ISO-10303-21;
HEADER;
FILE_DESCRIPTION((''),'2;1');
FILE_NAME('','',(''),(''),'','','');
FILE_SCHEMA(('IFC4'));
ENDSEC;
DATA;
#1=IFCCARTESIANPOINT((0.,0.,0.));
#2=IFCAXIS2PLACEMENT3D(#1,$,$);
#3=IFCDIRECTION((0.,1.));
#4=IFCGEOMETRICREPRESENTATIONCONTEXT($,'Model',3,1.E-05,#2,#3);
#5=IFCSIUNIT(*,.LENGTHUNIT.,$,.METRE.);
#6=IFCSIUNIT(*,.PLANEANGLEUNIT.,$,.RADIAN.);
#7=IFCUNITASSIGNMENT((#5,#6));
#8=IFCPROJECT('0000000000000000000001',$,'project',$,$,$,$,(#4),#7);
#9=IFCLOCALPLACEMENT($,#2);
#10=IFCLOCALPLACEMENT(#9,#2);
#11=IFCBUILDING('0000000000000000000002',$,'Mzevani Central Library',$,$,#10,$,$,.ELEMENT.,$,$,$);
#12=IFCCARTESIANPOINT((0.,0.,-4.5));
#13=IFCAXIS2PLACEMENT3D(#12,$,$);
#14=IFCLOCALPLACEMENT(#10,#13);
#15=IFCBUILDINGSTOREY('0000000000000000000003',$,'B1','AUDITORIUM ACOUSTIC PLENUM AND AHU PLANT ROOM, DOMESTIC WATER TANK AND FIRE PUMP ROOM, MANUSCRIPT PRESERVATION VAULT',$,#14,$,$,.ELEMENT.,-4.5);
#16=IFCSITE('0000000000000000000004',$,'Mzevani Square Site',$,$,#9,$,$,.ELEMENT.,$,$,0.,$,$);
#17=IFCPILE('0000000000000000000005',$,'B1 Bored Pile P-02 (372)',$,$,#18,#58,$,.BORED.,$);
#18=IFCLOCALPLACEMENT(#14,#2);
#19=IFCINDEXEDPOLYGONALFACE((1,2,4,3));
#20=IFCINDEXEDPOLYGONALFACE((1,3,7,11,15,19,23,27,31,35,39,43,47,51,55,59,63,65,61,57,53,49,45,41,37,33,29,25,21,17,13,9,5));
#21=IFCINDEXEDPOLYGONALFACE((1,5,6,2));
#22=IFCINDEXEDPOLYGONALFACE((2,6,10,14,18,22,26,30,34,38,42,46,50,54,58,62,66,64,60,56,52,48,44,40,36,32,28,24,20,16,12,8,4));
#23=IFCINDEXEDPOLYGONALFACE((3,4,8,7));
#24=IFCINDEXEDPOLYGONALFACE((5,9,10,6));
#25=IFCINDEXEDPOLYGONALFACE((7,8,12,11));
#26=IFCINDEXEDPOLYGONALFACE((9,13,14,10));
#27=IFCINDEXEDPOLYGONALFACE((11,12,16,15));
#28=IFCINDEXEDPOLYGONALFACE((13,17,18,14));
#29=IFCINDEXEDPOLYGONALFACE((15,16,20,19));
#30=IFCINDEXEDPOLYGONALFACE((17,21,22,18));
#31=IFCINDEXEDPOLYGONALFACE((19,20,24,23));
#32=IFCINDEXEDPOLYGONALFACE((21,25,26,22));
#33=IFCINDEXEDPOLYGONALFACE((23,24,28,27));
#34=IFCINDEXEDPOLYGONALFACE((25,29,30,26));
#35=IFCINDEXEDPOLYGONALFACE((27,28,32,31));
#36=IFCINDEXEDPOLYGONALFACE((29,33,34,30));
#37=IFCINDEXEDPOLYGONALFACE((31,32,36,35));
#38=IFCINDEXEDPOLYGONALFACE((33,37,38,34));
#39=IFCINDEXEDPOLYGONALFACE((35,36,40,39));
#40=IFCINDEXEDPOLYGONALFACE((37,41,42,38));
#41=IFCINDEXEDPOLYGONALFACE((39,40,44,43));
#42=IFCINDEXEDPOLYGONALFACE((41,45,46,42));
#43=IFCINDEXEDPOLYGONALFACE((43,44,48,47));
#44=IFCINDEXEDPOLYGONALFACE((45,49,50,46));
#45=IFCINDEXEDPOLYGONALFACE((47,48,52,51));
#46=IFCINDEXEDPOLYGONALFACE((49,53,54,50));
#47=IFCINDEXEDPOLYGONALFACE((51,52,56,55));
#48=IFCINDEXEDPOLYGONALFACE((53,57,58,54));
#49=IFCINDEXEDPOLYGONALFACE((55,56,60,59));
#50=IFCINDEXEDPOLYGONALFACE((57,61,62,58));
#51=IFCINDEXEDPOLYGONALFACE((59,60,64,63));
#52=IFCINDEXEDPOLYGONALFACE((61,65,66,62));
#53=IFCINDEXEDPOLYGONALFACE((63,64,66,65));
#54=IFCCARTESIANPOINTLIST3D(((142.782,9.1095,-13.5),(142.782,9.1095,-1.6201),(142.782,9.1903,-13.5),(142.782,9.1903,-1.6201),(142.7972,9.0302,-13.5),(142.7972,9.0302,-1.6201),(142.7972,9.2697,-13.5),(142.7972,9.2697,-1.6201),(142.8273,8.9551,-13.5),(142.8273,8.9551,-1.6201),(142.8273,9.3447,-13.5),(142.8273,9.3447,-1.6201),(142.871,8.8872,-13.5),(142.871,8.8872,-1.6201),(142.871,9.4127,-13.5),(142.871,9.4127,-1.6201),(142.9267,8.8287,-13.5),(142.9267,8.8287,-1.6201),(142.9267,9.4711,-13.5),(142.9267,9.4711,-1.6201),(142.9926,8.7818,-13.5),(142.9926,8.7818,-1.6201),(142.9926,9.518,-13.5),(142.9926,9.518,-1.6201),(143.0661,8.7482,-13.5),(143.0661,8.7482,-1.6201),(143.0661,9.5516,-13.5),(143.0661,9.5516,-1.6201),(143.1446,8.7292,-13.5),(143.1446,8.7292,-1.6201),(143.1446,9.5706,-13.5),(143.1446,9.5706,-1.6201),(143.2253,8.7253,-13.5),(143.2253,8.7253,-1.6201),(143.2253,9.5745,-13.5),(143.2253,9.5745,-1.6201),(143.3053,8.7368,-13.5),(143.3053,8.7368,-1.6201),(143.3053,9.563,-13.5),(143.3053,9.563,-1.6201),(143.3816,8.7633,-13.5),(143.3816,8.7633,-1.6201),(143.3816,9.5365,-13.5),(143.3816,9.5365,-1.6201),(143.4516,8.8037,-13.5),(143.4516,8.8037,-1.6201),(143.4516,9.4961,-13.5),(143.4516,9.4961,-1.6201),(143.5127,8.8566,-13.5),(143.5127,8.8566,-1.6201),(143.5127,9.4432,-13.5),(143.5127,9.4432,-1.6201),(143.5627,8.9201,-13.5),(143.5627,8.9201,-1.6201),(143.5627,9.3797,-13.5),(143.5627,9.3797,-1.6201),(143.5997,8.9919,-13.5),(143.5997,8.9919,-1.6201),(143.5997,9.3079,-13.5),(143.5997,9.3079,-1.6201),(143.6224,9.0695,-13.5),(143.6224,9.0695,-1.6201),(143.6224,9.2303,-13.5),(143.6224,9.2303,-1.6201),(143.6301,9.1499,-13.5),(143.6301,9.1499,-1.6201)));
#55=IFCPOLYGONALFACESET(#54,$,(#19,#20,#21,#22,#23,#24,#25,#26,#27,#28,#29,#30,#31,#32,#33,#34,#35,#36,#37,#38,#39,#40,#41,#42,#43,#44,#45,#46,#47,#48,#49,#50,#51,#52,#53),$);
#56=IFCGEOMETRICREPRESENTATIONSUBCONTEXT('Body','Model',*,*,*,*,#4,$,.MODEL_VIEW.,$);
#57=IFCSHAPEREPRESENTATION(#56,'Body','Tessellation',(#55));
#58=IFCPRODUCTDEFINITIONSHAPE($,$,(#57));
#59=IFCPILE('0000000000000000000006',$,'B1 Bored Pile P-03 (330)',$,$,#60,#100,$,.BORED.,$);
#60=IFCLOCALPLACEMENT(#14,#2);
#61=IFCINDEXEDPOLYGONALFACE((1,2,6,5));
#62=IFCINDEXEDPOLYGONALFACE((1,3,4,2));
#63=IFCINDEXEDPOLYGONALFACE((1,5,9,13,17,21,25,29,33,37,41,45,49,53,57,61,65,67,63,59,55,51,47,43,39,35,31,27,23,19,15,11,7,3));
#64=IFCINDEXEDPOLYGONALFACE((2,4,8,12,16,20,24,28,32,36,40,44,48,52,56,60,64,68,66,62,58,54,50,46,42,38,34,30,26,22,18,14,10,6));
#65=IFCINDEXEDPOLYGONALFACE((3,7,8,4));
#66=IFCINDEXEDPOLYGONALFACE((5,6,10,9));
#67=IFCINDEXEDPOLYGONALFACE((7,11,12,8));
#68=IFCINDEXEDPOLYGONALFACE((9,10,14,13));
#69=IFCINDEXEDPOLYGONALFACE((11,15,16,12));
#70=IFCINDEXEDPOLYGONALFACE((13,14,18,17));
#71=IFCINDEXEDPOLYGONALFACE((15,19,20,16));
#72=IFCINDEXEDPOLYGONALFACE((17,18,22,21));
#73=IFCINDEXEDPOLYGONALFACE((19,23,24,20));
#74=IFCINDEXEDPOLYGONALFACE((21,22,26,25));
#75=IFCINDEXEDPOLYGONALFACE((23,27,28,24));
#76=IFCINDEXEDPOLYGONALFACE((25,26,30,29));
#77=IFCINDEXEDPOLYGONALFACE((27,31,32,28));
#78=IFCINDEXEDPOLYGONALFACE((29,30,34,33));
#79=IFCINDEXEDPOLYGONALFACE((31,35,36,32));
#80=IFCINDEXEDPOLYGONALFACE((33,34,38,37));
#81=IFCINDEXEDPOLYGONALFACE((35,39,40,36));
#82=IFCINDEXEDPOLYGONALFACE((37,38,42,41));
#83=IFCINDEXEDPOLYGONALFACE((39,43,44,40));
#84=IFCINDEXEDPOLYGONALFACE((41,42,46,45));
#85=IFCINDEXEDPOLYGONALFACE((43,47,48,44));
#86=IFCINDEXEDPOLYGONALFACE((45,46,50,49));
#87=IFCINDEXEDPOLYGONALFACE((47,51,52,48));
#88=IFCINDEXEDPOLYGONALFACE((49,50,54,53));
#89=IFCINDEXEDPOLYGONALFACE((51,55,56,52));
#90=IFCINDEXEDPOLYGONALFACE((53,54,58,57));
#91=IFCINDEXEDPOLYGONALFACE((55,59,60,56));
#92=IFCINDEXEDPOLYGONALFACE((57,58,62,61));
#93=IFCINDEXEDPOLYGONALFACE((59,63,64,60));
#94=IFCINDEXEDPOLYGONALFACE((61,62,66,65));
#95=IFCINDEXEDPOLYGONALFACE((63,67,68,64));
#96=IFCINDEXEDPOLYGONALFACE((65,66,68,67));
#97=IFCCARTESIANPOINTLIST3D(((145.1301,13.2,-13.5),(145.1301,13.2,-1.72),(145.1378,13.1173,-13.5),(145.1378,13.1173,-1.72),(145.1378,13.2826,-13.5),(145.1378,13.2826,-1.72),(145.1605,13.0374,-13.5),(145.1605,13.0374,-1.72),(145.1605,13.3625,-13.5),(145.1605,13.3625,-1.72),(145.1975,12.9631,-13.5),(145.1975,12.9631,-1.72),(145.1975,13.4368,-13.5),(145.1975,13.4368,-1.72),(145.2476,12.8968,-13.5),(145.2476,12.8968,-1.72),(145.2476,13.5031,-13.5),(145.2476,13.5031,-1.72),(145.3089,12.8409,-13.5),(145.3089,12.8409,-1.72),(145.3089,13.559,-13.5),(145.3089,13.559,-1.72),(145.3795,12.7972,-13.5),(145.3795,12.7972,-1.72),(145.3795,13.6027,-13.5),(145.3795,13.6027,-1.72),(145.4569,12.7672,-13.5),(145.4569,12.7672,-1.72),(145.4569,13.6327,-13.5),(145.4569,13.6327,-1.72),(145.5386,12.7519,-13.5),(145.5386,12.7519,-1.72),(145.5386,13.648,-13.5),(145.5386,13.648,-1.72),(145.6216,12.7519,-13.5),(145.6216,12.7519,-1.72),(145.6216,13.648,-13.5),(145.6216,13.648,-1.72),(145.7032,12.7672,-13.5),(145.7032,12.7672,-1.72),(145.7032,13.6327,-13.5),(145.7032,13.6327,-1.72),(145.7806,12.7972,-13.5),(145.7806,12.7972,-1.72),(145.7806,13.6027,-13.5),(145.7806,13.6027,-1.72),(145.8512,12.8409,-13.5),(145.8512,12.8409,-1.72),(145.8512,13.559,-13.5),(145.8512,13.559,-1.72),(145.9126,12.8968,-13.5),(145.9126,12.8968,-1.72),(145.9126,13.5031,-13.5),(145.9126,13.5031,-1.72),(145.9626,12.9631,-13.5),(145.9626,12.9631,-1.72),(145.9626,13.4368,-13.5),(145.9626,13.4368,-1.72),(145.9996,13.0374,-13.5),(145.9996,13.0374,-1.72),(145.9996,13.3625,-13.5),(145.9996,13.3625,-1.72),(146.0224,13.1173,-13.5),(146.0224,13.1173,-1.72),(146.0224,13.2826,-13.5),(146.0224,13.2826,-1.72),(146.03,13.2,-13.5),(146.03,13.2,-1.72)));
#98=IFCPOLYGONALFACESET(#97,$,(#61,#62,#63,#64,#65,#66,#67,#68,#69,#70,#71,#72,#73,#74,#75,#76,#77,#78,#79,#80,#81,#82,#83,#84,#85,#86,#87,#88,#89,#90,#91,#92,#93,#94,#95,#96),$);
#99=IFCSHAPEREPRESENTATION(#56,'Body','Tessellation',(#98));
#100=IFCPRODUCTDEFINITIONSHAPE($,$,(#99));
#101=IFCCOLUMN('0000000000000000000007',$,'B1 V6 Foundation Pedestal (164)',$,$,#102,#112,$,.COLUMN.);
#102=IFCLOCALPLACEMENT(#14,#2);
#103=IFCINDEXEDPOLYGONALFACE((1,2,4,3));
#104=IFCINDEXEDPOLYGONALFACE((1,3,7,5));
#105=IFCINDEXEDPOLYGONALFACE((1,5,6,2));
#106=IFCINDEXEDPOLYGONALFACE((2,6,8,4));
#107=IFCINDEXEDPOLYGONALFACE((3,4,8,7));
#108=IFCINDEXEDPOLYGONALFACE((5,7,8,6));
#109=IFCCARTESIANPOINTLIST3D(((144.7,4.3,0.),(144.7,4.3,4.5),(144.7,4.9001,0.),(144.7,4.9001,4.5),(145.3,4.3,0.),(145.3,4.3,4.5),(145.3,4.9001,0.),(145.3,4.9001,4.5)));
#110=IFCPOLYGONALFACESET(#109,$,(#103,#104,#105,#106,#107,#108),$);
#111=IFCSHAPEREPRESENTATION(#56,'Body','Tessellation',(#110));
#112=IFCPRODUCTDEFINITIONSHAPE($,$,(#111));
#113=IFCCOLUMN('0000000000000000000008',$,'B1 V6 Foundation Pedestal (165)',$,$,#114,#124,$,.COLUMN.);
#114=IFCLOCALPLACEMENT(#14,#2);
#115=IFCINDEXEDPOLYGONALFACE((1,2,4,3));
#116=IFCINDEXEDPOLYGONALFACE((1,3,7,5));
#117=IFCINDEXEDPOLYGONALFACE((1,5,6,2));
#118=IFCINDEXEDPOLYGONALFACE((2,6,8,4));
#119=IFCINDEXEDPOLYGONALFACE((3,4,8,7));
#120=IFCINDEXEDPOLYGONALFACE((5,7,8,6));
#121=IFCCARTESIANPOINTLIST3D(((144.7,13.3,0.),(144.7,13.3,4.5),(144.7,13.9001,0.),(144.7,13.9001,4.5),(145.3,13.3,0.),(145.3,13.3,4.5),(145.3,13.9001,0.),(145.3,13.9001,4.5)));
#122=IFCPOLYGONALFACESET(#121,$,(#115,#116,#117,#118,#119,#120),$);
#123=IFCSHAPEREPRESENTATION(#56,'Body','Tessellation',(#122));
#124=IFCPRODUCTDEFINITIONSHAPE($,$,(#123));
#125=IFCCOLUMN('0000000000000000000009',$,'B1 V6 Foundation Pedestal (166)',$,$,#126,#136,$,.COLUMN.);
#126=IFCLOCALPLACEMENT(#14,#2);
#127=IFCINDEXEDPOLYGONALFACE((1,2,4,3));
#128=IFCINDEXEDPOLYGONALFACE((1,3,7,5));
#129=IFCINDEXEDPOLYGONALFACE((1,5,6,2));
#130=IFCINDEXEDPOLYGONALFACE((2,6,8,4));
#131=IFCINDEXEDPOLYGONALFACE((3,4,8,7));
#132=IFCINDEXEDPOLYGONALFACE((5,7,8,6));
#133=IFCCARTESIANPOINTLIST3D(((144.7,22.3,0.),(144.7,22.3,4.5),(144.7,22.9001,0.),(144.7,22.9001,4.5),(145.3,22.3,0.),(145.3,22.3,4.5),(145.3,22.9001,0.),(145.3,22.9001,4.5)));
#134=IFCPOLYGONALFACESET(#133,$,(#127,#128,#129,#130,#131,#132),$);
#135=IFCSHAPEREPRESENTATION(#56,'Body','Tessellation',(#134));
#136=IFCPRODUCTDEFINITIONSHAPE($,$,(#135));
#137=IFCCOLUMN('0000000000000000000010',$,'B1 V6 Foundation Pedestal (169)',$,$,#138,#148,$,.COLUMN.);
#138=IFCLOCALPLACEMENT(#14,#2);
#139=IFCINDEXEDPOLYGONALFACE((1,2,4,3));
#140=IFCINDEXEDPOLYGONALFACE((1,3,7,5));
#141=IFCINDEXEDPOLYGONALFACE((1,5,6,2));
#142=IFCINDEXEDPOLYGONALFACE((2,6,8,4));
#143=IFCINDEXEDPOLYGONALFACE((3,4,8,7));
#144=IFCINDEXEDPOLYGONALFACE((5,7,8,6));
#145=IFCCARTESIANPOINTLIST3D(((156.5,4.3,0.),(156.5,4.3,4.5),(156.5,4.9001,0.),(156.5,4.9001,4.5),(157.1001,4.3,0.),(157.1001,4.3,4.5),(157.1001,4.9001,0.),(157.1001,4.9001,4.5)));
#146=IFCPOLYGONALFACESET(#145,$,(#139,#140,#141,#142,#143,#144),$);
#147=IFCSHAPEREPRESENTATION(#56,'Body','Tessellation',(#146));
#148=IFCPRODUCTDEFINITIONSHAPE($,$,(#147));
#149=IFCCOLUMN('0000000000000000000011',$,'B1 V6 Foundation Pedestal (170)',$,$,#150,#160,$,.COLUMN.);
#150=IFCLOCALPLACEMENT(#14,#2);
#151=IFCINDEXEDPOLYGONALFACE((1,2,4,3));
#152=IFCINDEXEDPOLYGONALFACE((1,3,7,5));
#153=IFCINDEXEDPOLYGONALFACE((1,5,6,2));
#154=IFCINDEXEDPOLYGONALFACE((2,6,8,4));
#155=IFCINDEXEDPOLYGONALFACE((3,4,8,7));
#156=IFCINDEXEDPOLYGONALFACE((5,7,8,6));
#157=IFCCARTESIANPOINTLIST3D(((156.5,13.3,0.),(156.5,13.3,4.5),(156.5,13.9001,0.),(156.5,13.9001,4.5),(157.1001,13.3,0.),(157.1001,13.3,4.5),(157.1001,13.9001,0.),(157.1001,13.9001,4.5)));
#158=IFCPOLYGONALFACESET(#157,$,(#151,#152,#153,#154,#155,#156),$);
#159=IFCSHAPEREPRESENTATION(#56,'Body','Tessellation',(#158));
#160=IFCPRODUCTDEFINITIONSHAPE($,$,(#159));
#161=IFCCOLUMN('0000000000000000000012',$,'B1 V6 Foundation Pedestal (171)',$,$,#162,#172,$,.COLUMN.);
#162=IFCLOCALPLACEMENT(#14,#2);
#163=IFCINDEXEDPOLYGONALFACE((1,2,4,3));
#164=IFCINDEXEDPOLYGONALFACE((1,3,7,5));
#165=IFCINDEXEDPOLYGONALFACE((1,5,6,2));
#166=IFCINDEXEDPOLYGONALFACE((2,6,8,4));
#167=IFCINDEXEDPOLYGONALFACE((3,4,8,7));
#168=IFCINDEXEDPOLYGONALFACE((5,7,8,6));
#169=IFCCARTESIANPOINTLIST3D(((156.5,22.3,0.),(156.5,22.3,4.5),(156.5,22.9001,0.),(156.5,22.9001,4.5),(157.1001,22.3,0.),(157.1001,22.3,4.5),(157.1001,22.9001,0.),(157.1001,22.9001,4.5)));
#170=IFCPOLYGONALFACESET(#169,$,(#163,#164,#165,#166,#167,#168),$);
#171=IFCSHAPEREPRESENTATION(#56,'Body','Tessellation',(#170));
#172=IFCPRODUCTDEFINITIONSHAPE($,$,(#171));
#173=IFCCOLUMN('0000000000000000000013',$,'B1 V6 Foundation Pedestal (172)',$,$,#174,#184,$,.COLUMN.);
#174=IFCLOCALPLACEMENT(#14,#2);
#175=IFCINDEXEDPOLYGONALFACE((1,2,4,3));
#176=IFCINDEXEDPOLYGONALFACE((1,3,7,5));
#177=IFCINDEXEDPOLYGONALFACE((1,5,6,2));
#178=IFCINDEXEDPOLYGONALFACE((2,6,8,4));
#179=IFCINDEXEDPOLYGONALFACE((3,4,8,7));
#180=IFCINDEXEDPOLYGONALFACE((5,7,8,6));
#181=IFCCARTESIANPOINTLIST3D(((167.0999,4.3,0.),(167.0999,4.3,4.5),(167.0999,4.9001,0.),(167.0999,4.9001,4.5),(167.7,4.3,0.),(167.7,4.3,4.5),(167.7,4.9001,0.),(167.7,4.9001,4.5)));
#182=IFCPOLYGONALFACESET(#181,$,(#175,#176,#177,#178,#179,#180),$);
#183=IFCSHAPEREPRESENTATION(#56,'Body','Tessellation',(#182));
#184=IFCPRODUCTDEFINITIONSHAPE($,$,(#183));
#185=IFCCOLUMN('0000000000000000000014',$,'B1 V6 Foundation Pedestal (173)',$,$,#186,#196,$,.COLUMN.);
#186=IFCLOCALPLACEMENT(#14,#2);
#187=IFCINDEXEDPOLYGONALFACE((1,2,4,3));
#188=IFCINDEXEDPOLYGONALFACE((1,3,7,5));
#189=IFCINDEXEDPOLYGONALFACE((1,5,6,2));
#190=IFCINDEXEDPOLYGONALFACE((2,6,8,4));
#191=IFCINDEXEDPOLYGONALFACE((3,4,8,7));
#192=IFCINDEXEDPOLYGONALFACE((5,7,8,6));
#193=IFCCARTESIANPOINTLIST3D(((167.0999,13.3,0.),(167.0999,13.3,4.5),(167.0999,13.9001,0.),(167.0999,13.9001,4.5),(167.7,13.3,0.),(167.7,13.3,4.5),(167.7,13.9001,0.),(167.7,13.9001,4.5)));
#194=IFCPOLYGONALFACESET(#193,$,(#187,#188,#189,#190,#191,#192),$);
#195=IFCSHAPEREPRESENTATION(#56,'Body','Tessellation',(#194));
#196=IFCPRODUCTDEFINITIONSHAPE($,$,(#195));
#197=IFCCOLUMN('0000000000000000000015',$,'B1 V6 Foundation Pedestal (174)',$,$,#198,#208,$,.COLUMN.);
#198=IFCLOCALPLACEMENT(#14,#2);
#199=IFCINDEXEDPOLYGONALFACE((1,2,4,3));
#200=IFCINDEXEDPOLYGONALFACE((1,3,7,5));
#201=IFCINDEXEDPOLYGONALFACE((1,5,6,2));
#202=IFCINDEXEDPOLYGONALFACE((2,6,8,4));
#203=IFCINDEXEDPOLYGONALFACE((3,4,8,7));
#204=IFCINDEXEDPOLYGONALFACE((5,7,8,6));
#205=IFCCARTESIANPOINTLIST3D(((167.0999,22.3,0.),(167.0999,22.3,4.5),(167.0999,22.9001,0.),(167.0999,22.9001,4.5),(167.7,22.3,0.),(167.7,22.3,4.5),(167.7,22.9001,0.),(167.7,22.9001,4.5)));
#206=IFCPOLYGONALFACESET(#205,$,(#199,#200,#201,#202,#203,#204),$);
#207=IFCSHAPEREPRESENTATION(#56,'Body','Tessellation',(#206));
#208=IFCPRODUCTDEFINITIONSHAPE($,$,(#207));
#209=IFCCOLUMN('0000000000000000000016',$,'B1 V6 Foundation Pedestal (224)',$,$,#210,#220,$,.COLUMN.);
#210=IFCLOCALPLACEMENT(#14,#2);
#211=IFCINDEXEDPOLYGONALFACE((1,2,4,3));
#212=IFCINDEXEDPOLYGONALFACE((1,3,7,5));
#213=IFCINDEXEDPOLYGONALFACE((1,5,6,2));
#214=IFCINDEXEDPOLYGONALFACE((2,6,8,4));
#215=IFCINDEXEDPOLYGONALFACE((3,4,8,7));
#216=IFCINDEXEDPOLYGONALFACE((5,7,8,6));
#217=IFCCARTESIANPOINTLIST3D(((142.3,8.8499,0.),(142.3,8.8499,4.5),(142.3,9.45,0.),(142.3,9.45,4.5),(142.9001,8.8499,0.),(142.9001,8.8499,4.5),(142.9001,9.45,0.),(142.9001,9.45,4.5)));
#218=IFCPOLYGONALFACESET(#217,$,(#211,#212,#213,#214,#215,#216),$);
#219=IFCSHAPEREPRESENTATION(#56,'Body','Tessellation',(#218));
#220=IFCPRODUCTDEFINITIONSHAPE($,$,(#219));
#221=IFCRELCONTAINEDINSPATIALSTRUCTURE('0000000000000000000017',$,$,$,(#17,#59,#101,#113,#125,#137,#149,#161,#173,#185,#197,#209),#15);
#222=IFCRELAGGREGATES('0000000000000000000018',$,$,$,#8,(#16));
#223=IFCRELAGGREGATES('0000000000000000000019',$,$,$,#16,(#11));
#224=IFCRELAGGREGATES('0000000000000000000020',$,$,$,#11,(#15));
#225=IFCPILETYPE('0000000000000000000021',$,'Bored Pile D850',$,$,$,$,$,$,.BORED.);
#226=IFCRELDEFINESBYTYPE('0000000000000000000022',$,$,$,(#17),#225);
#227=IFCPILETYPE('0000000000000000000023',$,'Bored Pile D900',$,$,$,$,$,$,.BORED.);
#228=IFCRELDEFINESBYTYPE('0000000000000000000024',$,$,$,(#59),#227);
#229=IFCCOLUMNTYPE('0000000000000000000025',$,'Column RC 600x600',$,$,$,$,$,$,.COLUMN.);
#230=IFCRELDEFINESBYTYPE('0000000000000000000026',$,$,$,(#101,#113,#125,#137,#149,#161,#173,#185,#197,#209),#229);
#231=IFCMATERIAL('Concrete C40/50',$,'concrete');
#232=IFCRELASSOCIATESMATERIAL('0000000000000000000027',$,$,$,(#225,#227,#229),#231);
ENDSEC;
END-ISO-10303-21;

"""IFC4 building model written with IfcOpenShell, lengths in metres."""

from ifc_helpers import new_model, si_unit, direction, frame, origin, origin_2d, place, context, subcontext, project, spatial, rectangle, circle, extrude, material, material_profile, profile_set, type_object, element, save


model = new_model("IFC4")

# Units and contexts
model_context = context("Model", 3, precision=1e-05, world=origin(), true_north=direction((0.0, 1.0)))
body_context = subcontext(model_context, "Body", "Model", "MODEL_VIEW")
ifc_project = project(units=[si_unit("LENGTHUNIT", "METRE"), si_unit("PLANEANGLEUNIT", "RADIAN")], contexts=[model_context])

# Site, building, storey
site_placement = place(None, origin())
site = spatial("IfcSite", under=ifc_project, at=site_placement, Name="Mzevani Square Site", CompositionType="ELEMENT", RefElevation=0.0)
building_placement = place(site_placement, origin())
building = spatial("IfcBuilding", under=site, at=building_placement, Name="Mzevani Central Library", CompositionType="ELEMENT")
storey_placement = place(building_placement, frame((0.0, 0.0, -4.5)))
storey = spatial("IfcBuildingStorey", under=building, at=storey_placement, Name="B1", Description="AUDITORIUM ACOUSTIC PLENUM AND AHU PLANT ROOM, DOMESTIC WATER TANK AND FIRE PUMP ROOM, MANUSCRIPT PRESERVATION VAULT", CompositionType="ELEMENT", Elevation=-4.5)

# Piles
ifc_material_1 = material(Name="Concrete C40/50", Category="concrete")
ifc_material_profile_1 = material_profile(ifc_material_1, circle(Radius=0.425, at=origin_2d()), Name="PILE D850")
ifc_profile_set_1 = profile_set([ifc_material_profile_1], Name="Concrete C40/50")
pile_type_1 = type_object("IfcPileType", Name="Bored Pile D850", PredefinedType="BORED", material=ifc_profile_set_1)
pile_1_placement = place(storey_placement, frame((143.2051, 9.1499, -1.6201), z_axis=(0.0, 0.0, -1.0), x_axis=(1.0, 0.0, 0.0)))
element("IfcPile", 1, at=pile_1_placement, inside=storey, type_object=pile_type_1, Name="B1 Bored Pile P-02 (372)", PredefinedType="BORED", context=body_context, shape_type="SweptSolid", body=[
    extrude(circle(Radius=0.425, at=origin_2d()), origin(), (0.0, 0.0, 1.0), 11.8799),
])
ifc_material_profile_2 = material_profile(ifc_material_1, circle(Radius=0.45, at=origin_2d()), Name="PILE D900")
ifc_profile_set_2 = profile_set([ifc_material_profile_2], Name="Concrete C40/50")
pile_type_2 = type_object("IfcPileType", Name="Bored Pile D900", PredefinedType="BORED", material=ifc_profile_set_2)
pile_2_placement = place(storey_placement, frame((145.5801, 13.2, -1.72), z_axis=(0.0, 0.0, -1.0), x_axis=(1.0, 0.0, 0.0)))
element("IfcPile", 2, at=pile_2_placement, inside=storey, type_object=pile_type_2, Name="B1 Bored Pile P-03 (330)", PredefinedType="BORED", context=body_context, shape_type="SweptSolid", body=[
    extrude(circle(Radius=0.45, at=origin_2d()), origin(), (0.0, 0.0, 1.0), 11.78),
])

# Columns
ifc_material_profile_3 = material_profile(ifc_material_1, rectangle(XDim=0.6001, YDim=0.6001, at=origin_2d()), Name="RC 600x600")
ifc_profile_set_3 = profile_set([ifc_material_profile_3], Name="Concrete C40/50")
column_type = type_object("IfcColumnType", Name="Column RC 600x600", PredefinedType="COLUMN", material=ifc_profile_set_3)
for number, where, z_axis, x_axis, name in (
    (3, (145.0, 4.6001, 0.0), (0.0, 0.0, 1.0), (1.0, 0.0, 0.0), "B1 V6 Foundation Pedestal (164)"),
    (4, (145.0, 13.6001, 0.0), (0.0, 0.0, 1.0), (1.0, 0.0, 0.0), "B1 V6 Foundation Pedestal (165)"),
    (5, (145.0, 22.6001, 0.0), (0.0, 0.0, 1.0), (1.0, 0.0, 0.0), "B1 V6 Foundation Pedestal (166)"),
    (6, (156.8, 4.6001, 0.0), (0.0, 0.0, 1.0), (1.0, 0.0, 0.0), "B1 V6 Foundation Pedestal (169)"),
    (7, (156.8, 13.6001, 0.0), (0.0, 0.0, 1.0), (1.0, 0.0, 0.0), "B1 V6 Foundation Pedestal (170)"),
    (8, (156.8, 22.6001, 0.0), (0.0, 0.0, 1.0), (1.0, 0.0, 0.0), "B1 V6 Foundation Pedestal (171)"),
    (9, (167.3999, 4.6001, 0.0), (0.0, 0.0, 1.0), (1.0, 0.0, 0.0), "B1 V6 Foundation Pedestal (172)"),
    (10, (167.3999, 13.6001, 0.0), (0.0, 0.0, 1.0), (1.0, 0.0, 0.0), "B1 V6 Foundation Pedestal (173)"),
    (11, (167.3999, 22.6001, 0.0), (0.0, 0.0, 1.0), (1.0, 0.0, 0.0), "B1 V6 Foundation Pedestal (174)"),
    (12, (142.6001, 9.1499, 0.0), (0.0, 0.0, 1.0), (1.0, 0.0, 0.0), "B1 V6 Foundation Pedestal (224)"),
):
    element("IfcColumn", number, at=place(storey_placement, frame(where, z_axis=z_axis, x_axis=x_axis)), inside=storey, type_object=column_type, Name=name, PredefinedType="COLUMN", context=body_context, shape_type="SweptSolid", body=[
        extrude(rectangle(XDim=0.6001, YDim=0.6001, at=origin_2d()), origin(), (0.0, 0.0, 1.0), 4.5),
    ])

save(model, "model.ifc")
